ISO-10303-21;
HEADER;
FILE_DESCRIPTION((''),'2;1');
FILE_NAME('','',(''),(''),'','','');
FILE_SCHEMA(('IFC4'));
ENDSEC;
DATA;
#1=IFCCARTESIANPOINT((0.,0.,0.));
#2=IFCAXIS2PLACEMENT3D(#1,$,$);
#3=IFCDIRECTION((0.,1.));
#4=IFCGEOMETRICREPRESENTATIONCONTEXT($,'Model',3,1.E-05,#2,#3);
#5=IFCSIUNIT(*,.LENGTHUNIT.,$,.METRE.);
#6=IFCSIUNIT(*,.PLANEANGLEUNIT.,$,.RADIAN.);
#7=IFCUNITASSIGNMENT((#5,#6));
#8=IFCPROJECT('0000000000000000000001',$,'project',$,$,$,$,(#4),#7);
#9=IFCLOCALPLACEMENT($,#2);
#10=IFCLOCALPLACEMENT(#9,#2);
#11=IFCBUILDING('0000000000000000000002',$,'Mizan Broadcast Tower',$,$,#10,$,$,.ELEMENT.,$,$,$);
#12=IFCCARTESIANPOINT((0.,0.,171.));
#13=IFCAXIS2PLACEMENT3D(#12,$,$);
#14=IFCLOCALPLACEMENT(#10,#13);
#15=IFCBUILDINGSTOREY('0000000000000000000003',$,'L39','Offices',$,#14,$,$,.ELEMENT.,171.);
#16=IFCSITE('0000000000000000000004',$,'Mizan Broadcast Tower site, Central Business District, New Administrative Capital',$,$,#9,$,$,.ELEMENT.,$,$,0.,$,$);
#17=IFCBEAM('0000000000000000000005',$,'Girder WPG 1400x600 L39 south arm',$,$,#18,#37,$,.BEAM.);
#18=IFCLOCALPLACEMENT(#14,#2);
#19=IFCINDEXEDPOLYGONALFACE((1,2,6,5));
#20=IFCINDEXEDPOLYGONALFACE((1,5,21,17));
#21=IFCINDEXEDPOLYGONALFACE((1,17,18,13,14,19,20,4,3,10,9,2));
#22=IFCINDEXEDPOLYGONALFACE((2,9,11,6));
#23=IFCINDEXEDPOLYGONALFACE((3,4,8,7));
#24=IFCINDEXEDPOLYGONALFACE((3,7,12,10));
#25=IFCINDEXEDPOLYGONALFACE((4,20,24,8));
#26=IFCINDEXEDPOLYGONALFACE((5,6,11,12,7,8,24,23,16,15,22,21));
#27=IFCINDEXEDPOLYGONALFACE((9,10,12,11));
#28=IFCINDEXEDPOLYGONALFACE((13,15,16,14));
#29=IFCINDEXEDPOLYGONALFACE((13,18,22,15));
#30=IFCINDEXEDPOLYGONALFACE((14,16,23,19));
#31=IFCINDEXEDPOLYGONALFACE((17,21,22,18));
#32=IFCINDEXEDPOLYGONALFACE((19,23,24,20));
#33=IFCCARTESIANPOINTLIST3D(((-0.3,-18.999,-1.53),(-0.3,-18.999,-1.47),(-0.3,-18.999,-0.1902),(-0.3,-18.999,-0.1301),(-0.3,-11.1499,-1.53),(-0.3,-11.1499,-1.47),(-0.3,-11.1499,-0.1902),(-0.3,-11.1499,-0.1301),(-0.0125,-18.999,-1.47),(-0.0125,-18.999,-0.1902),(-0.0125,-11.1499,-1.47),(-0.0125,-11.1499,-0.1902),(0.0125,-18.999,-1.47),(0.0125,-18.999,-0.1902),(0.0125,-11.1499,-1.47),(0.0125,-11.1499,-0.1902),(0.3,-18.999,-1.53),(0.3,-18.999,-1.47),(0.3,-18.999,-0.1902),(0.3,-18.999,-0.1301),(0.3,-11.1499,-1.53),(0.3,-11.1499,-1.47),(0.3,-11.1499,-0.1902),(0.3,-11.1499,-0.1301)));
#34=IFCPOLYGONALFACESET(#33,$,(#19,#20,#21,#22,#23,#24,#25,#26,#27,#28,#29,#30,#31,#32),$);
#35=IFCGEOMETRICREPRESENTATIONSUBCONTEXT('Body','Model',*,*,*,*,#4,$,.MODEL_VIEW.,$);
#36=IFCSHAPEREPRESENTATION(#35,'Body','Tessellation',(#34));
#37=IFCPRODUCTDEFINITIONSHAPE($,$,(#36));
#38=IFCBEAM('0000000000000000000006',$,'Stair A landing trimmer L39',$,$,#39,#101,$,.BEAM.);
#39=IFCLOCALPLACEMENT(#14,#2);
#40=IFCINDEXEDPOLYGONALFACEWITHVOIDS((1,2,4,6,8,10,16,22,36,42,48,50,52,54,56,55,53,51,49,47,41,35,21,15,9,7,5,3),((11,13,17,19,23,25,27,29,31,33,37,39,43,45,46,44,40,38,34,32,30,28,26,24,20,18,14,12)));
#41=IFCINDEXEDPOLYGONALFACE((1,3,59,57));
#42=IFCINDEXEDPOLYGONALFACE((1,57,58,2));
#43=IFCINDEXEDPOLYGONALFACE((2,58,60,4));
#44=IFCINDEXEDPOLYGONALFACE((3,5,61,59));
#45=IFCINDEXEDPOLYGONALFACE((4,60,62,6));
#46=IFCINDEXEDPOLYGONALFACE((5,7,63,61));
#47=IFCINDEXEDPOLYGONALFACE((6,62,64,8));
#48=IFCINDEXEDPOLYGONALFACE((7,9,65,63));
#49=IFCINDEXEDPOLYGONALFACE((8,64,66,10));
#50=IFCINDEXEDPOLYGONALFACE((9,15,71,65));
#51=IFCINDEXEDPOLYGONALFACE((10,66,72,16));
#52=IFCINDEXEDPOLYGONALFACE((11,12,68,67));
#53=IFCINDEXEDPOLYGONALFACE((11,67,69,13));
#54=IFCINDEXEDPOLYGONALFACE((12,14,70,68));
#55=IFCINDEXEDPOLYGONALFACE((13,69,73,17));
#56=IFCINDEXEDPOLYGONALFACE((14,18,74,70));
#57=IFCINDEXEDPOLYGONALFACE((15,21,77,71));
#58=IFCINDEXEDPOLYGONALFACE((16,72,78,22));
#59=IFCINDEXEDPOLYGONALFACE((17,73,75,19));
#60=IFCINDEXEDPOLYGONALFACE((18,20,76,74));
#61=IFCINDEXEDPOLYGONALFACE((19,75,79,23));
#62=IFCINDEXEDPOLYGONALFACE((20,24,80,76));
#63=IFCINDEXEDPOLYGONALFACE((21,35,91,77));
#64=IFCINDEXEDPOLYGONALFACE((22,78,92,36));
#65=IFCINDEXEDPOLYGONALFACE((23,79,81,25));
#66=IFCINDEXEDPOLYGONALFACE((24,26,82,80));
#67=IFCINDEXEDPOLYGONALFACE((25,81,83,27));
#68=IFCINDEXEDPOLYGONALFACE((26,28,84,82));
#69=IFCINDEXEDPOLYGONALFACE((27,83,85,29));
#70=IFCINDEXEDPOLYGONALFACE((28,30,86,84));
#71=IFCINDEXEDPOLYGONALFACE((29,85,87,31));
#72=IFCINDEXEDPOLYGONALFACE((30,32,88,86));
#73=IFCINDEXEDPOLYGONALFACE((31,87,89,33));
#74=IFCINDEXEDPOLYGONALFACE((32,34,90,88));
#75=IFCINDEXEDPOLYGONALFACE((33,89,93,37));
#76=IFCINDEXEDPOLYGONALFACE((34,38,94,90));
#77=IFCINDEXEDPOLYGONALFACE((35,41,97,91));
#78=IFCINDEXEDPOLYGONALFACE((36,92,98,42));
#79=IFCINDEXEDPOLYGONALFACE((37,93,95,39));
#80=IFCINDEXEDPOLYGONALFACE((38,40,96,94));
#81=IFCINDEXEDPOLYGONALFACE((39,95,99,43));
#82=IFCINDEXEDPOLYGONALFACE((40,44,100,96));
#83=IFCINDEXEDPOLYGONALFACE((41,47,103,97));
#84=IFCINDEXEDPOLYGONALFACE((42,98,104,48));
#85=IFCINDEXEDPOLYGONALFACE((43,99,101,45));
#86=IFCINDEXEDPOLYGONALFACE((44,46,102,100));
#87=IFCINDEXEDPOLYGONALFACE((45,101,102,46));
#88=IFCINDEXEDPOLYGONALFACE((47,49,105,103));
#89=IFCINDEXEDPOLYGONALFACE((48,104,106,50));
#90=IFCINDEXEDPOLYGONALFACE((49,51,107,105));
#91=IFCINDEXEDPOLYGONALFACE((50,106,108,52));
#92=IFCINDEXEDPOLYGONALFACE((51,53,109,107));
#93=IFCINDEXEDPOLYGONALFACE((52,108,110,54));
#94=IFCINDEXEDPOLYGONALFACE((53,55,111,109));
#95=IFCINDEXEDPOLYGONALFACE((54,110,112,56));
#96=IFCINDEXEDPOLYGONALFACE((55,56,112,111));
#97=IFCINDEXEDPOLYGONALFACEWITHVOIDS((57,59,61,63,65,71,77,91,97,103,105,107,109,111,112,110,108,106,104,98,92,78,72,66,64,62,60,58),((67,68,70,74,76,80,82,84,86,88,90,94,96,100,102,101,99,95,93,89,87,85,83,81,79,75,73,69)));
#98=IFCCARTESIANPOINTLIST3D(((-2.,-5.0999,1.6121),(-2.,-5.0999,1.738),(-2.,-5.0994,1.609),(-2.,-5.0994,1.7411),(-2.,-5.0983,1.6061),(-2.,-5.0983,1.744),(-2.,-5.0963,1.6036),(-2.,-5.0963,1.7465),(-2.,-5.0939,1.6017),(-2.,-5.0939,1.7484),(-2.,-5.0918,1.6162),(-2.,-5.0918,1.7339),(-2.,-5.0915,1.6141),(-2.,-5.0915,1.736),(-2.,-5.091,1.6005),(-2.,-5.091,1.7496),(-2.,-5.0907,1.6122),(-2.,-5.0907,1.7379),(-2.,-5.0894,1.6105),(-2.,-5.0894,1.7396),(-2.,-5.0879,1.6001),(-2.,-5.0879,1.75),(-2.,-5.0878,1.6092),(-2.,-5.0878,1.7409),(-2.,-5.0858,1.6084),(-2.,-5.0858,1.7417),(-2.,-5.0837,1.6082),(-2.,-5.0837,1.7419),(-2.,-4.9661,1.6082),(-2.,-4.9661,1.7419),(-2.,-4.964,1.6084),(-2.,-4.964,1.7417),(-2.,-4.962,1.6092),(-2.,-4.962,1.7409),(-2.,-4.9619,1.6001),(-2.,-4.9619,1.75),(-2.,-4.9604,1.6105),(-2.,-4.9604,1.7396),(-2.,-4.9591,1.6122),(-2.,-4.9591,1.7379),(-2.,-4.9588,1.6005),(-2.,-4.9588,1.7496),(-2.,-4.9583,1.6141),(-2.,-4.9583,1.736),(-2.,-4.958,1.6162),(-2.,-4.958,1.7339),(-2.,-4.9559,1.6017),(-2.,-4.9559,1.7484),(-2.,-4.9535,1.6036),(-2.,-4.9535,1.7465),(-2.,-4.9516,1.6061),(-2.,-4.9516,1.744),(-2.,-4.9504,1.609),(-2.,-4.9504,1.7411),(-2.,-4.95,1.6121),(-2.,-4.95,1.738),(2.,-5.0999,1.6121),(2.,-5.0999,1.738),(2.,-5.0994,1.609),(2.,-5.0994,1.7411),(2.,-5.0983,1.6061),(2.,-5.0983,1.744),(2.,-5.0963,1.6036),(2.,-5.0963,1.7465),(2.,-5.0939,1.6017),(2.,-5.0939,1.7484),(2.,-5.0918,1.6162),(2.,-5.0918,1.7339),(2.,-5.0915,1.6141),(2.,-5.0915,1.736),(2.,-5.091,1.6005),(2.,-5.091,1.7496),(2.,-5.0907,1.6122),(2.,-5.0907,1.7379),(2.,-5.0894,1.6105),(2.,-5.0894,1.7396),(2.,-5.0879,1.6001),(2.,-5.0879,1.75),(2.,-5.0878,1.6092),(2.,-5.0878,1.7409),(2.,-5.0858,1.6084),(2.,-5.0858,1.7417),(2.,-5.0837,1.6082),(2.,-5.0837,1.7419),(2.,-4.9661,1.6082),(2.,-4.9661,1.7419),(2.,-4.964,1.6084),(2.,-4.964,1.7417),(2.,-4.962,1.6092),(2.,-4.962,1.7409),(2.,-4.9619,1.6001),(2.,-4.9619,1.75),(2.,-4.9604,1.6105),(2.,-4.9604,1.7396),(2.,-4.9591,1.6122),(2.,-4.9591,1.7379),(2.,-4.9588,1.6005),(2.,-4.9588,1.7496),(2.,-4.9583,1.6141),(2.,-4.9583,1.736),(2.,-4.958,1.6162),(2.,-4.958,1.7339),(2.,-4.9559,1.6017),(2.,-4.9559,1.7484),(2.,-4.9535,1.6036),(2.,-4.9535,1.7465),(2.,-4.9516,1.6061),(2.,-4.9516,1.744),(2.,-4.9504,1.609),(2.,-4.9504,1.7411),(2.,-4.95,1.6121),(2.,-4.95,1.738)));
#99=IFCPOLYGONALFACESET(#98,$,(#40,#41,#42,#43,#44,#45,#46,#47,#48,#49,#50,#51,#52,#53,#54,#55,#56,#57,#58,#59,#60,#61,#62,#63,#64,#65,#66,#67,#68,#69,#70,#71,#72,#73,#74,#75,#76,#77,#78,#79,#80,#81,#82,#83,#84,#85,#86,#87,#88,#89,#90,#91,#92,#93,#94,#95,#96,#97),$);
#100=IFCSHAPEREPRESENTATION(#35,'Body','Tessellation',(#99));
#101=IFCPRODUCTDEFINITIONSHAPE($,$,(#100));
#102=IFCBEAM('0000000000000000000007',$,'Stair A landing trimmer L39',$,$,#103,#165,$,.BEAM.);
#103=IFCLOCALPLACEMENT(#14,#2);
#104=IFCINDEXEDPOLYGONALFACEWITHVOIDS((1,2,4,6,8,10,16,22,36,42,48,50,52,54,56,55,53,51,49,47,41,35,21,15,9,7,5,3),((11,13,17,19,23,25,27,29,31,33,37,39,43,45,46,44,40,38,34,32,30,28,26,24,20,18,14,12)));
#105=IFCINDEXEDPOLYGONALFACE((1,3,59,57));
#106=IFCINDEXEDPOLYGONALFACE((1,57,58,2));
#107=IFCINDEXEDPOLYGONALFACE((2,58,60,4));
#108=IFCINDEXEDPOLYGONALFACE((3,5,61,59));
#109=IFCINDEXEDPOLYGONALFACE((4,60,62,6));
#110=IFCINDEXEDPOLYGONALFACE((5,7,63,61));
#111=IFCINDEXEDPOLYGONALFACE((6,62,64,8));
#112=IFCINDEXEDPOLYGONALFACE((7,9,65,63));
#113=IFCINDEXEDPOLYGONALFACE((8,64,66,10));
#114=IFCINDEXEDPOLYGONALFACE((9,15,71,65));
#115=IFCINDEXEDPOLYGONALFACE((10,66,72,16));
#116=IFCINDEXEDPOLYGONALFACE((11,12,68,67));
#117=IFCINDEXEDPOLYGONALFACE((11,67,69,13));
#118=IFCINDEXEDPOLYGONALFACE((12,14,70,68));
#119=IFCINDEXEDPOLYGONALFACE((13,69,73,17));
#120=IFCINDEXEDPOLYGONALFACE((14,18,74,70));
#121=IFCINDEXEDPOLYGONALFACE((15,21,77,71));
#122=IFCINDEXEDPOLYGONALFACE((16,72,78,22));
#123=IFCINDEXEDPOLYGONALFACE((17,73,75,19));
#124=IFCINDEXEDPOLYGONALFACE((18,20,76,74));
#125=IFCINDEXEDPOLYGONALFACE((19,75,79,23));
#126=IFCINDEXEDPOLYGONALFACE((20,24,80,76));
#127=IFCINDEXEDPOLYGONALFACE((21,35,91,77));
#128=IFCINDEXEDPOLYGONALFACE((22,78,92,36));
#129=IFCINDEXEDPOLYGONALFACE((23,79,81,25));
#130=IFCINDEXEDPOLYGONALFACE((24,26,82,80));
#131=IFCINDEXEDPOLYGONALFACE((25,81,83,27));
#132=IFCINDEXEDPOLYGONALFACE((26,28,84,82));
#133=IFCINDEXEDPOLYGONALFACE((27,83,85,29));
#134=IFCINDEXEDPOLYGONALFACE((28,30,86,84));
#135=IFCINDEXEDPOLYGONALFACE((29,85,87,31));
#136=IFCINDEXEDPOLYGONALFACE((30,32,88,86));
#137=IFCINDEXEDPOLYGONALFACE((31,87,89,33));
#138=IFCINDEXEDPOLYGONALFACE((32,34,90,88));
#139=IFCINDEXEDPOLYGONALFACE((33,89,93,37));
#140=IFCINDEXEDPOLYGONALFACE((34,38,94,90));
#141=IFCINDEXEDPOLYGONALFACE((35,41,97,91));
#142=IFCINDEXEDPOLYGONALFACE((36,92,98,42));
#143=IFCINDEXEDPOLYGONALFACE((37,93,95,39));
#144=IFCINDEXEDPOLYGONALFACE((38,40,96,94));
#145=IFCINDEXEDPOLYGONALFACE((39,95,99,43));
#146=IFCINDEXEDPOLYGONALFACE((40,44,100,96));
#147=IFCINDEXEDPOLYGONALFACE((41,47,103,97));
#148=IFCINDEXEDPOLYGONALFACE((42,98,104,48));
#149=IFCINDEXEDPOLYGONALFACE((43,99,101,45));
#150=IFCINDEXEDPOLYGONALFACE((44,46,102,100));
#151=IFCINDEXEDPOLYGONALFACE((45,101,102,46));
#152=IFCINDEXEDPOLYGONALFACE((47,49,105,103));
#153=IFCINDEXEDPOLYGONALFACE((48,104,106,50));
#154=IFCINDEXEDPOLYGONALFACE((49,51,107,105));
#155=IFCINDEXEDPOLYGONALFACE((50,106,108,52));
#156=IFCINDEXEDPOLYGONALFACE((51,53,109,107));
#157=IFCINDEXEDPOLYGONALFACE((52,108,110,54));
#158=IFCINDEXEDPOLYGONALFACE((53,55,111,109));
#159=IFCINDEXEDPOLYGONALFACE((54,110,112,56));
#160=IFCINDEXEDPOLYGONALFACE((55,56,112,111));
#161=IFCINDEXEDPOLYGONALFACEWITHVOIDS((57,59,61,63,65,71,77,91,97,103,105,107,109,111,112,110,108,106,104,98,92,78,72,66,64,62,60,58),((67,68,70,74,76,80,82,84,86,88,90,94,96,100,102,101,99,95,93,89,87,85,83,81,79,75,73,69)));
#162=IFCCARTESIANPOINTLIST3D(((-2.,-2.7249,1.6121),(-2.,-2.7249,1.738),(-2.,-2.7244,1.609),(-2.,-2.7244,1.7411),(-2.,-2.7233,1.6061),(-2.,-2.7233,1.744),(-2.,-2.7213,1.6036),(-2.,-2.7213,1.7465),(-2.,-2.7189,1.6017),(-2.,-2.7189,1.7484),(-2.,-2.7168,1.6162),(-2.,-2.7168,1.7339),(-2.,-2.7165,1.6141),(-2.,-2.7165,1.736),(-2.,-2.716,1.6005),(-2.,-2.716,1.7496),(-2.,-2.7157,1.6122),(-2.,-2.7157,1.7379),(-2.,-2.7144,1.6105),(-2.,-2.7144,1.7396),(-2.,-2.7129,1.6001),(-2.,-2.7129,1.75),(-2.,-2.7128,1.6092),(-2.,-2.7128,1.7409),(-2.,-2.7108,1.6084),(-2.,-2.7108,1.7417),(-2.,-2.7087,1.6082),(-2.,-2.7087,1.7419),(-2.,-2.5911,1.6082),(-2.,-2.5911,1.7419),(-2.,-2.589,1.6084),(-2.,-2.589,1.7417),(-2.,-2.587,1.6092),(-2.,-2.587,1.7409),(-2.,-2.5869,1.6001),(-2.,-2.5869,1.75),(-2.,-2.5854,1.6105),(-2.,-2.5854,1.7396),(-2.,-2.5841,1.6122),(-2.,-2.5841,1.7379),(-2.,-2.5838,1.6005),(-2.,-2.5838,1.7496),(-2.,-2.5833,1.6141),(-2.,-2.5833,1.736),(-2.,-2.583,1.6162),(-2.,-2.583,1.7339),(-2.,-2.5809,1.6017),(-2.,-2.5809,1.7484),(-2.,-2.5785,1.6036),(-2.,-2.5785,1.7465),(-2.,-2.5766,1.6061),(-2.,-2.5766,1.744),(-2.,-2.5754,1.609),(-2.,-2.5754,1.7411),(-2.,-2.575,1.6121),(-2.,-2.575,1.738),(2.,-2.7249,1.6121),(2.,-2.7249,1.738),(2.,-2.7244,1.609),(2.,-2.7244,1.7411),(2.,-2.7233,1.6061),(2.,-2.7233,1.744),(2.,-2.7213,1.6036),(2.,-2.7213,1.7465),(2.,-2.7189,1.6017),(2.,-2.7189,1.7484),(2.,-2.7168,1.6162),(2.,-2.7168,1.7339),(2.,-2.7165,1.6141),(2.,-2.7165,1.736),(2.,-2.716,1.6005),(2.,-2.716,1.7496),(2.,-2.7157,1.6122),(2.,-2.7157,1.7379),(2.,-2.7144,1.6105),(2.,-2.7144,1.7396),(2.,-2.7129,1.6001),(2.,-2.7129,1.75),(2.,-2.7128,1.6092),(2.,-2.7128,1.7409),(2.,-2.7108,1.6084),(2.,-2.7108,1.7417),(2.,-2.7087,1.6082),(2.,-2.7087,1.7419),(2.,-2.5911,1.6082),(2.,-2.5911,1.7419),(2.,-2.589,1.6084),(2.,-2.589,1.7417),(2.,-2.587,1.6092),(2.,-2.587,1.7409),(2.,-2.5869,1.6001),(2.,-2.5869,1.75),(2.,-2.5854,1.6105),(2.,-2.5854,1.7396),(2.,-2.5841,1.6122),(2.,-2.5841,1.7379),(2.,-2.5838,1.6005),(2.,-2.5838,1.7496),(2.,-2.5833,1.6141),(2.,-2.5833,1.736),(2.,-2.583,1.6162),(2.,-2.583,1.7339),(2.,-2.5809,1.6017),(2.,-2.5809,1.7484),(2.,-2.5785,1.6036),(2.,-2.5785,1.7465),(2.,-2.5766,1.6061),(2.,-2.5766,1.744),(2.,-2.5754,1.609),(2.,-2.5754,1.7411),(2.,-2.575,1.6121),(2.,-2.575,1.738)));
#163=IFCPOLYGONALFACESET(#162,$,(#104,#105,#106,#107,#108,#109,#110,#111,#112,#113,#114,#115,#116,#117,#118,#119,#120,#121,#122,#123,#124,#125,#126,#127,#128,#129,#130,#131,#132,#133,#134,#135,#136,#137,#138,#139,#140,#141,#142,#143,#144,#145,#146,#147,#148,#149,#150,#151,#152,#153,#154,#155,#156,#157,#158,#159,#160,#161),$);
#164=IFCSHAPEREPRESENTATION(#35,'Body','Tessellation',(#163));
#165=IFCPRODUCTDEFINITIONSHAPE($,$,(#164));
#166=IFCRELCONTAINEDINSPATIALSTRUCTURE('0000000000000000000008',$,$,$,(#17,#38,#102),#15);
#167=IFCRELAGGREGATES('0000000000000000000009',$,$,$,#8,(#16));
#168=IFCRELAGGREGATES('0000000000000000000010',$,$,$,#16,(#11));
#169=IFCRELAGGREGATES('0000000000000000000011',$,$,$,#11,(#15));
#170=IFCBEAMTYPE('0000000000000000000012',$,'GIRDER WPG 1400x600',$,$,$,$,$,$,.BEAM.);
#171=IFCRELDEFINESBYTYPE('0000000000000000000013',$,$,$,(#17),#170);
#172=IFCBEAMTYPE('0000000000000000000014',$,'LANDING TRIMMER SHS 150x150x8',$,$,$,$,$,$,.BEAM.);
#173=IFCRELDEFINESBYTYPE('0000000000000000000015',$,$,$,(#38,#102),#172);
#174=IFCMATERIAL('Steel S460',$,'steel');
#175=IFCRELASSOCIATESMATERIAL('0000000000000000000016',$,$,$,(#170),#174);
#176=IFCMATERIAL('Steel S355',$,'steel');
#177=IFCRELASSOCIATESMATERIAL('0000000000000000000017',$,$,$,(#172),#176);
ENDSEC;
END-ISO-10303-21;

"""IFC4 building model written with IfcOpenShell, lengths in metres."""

from ifc_helpers import new_model, si_unit, direction, frame, origin, origin_2d, place, context, subcontext, project, spatial, hollow_rectangle, i_section, extrude, material, material_profile, profile_set, type_object, element, save


model = new_model("IFC4")

# Units and contexts
model_context = context("Model", 3, precision=1e-05, world=origin(), true_north=direction((0.0, 1.0)))
body_context = subcontext(model_context, "Body", "Model", "MODEL_VIEW")
ifc_project = project(units=[si_unit("LENGTHUNIT", "METRE"), si_unit("PLANEANGLEUNIT", "RADIAN")], contexts=[model_context])

# Site, building, storey
site_placement = place(None, origin())
site = spatial("IfcSite", under=ifc_project, at=site_placement, Name="Mizan Broadcast Tower site, Central Business District, New Administrative Capital", CompositionType="ELEMENT", RefElevation=0.0)
building_placement = place(site_placement, origin())
building = spatial("IfcBuilding", under=site, at=building_placement, Name="Mizan Broadcast Tower", CompositionType="ELEMENT")
storey_placement = place(building_placement, frame((0.0, 0.0, 171.0)))
storey = spatial("IfcBuildingStorey", under=building, at=storey_placement, Name="L39", Description="Offices", CompositionType="ELEMENT", Elevation=171.0)

# Beams
ifc_material_1 = material(Name="Steel S460", Category="steel")
ifc_material_profile_1 = material_profile(ifc_material_1, i_section(OverallWidth=0.6001, OverallDepth=1.3999, WebThickness=0.0249, FlangeThickness=0.0601, at=origin_2d()), Name="WPG 1400x600")
ifc_profile_set_1 = profile_set([ifc_material_profile_1], Name="Steel S460")
beam_type_1 = type_object("IfcBeamType", Name="GIRDER WPG 1400x600", PredefinedType="BEAM", material=ifc_profile_set_1)
beam_1_placement = place(storey_placement, frame((0.0, -11.1499, -0.8301), z_axis=(0.0, -1.0, 0.0), x_axis=(1.0, 0.0, 0.0)))
element("IfcBeam", 1, at=beam_1_placement, inside=storey, type_object=beam_type_1, Name="Girder WPG 1400x600 L39 south arm", PredefinedType="BEAM", context=body_context, shape_type="SweptSolid", body=[
    extrude(i_section(OverallWidth=0.6001, OverallDepth=1.3999, WebThickness=0.0249, FlangeThickness=0.0601, at=origin_2d()), origin(), (0.0, 0.0, 1.0), 7.8491),
])
ifc_material_2 = material(Name="Steel S355", Category="steel")
ifc_material_profile_2 = material_profile(ifc_material_2, hollow_rectangle(XDim=0.1499, YDim=0.1499, WallThickness=0.0081, InnerFilletRadius=0.0081, OuterFilletRadius=0.012, at=origin_2d()), Name="SHS 150x150x8")
ifc_profile_set_2 = profile_set([ifc_material_profile_2], Name="Steel S355")
beam_type_2 = type_object("IfcBeamType", Name="LANDING TRIMMER SHS 150x150x8", PredefinedType="BEAM", material=ifc_profile_set_2)
for number, where, z_axis, x_axis, name in (
    (2, (-2.0, -5.0249, 1.675), (1.0, 0.0, 0.0), (0.0, 1.0, 0.0), "Stair A landing trimmer L39"),
    (3, (-2.0, -2.6499, 1.675), (1.0, 0.0, 0.0), (0.0, 1.0, 0.0), "Stair A landing trimmer L39"),
):
    element("IfcBeam", number, at=place(storey_placement, frame(where, z_axis=z_axis, x_axis=x_axis)), inside=storey, type_object=beam_type_2, Name=name, PredefinedType="BEAM", context=body_context, shape_type="SweptSolid", body=[
        extrude(hollow_rectangle(XDim=0.1499, YDim=0.1499, WallThickness=0.0081, InnerFilletRadius=0.0081, OuterFilletRadius=0.012, at=origin_2d()), origin(), (0.0, 0.0, 1.0), 4.0),
    ])

save(model, "model.ifc")
